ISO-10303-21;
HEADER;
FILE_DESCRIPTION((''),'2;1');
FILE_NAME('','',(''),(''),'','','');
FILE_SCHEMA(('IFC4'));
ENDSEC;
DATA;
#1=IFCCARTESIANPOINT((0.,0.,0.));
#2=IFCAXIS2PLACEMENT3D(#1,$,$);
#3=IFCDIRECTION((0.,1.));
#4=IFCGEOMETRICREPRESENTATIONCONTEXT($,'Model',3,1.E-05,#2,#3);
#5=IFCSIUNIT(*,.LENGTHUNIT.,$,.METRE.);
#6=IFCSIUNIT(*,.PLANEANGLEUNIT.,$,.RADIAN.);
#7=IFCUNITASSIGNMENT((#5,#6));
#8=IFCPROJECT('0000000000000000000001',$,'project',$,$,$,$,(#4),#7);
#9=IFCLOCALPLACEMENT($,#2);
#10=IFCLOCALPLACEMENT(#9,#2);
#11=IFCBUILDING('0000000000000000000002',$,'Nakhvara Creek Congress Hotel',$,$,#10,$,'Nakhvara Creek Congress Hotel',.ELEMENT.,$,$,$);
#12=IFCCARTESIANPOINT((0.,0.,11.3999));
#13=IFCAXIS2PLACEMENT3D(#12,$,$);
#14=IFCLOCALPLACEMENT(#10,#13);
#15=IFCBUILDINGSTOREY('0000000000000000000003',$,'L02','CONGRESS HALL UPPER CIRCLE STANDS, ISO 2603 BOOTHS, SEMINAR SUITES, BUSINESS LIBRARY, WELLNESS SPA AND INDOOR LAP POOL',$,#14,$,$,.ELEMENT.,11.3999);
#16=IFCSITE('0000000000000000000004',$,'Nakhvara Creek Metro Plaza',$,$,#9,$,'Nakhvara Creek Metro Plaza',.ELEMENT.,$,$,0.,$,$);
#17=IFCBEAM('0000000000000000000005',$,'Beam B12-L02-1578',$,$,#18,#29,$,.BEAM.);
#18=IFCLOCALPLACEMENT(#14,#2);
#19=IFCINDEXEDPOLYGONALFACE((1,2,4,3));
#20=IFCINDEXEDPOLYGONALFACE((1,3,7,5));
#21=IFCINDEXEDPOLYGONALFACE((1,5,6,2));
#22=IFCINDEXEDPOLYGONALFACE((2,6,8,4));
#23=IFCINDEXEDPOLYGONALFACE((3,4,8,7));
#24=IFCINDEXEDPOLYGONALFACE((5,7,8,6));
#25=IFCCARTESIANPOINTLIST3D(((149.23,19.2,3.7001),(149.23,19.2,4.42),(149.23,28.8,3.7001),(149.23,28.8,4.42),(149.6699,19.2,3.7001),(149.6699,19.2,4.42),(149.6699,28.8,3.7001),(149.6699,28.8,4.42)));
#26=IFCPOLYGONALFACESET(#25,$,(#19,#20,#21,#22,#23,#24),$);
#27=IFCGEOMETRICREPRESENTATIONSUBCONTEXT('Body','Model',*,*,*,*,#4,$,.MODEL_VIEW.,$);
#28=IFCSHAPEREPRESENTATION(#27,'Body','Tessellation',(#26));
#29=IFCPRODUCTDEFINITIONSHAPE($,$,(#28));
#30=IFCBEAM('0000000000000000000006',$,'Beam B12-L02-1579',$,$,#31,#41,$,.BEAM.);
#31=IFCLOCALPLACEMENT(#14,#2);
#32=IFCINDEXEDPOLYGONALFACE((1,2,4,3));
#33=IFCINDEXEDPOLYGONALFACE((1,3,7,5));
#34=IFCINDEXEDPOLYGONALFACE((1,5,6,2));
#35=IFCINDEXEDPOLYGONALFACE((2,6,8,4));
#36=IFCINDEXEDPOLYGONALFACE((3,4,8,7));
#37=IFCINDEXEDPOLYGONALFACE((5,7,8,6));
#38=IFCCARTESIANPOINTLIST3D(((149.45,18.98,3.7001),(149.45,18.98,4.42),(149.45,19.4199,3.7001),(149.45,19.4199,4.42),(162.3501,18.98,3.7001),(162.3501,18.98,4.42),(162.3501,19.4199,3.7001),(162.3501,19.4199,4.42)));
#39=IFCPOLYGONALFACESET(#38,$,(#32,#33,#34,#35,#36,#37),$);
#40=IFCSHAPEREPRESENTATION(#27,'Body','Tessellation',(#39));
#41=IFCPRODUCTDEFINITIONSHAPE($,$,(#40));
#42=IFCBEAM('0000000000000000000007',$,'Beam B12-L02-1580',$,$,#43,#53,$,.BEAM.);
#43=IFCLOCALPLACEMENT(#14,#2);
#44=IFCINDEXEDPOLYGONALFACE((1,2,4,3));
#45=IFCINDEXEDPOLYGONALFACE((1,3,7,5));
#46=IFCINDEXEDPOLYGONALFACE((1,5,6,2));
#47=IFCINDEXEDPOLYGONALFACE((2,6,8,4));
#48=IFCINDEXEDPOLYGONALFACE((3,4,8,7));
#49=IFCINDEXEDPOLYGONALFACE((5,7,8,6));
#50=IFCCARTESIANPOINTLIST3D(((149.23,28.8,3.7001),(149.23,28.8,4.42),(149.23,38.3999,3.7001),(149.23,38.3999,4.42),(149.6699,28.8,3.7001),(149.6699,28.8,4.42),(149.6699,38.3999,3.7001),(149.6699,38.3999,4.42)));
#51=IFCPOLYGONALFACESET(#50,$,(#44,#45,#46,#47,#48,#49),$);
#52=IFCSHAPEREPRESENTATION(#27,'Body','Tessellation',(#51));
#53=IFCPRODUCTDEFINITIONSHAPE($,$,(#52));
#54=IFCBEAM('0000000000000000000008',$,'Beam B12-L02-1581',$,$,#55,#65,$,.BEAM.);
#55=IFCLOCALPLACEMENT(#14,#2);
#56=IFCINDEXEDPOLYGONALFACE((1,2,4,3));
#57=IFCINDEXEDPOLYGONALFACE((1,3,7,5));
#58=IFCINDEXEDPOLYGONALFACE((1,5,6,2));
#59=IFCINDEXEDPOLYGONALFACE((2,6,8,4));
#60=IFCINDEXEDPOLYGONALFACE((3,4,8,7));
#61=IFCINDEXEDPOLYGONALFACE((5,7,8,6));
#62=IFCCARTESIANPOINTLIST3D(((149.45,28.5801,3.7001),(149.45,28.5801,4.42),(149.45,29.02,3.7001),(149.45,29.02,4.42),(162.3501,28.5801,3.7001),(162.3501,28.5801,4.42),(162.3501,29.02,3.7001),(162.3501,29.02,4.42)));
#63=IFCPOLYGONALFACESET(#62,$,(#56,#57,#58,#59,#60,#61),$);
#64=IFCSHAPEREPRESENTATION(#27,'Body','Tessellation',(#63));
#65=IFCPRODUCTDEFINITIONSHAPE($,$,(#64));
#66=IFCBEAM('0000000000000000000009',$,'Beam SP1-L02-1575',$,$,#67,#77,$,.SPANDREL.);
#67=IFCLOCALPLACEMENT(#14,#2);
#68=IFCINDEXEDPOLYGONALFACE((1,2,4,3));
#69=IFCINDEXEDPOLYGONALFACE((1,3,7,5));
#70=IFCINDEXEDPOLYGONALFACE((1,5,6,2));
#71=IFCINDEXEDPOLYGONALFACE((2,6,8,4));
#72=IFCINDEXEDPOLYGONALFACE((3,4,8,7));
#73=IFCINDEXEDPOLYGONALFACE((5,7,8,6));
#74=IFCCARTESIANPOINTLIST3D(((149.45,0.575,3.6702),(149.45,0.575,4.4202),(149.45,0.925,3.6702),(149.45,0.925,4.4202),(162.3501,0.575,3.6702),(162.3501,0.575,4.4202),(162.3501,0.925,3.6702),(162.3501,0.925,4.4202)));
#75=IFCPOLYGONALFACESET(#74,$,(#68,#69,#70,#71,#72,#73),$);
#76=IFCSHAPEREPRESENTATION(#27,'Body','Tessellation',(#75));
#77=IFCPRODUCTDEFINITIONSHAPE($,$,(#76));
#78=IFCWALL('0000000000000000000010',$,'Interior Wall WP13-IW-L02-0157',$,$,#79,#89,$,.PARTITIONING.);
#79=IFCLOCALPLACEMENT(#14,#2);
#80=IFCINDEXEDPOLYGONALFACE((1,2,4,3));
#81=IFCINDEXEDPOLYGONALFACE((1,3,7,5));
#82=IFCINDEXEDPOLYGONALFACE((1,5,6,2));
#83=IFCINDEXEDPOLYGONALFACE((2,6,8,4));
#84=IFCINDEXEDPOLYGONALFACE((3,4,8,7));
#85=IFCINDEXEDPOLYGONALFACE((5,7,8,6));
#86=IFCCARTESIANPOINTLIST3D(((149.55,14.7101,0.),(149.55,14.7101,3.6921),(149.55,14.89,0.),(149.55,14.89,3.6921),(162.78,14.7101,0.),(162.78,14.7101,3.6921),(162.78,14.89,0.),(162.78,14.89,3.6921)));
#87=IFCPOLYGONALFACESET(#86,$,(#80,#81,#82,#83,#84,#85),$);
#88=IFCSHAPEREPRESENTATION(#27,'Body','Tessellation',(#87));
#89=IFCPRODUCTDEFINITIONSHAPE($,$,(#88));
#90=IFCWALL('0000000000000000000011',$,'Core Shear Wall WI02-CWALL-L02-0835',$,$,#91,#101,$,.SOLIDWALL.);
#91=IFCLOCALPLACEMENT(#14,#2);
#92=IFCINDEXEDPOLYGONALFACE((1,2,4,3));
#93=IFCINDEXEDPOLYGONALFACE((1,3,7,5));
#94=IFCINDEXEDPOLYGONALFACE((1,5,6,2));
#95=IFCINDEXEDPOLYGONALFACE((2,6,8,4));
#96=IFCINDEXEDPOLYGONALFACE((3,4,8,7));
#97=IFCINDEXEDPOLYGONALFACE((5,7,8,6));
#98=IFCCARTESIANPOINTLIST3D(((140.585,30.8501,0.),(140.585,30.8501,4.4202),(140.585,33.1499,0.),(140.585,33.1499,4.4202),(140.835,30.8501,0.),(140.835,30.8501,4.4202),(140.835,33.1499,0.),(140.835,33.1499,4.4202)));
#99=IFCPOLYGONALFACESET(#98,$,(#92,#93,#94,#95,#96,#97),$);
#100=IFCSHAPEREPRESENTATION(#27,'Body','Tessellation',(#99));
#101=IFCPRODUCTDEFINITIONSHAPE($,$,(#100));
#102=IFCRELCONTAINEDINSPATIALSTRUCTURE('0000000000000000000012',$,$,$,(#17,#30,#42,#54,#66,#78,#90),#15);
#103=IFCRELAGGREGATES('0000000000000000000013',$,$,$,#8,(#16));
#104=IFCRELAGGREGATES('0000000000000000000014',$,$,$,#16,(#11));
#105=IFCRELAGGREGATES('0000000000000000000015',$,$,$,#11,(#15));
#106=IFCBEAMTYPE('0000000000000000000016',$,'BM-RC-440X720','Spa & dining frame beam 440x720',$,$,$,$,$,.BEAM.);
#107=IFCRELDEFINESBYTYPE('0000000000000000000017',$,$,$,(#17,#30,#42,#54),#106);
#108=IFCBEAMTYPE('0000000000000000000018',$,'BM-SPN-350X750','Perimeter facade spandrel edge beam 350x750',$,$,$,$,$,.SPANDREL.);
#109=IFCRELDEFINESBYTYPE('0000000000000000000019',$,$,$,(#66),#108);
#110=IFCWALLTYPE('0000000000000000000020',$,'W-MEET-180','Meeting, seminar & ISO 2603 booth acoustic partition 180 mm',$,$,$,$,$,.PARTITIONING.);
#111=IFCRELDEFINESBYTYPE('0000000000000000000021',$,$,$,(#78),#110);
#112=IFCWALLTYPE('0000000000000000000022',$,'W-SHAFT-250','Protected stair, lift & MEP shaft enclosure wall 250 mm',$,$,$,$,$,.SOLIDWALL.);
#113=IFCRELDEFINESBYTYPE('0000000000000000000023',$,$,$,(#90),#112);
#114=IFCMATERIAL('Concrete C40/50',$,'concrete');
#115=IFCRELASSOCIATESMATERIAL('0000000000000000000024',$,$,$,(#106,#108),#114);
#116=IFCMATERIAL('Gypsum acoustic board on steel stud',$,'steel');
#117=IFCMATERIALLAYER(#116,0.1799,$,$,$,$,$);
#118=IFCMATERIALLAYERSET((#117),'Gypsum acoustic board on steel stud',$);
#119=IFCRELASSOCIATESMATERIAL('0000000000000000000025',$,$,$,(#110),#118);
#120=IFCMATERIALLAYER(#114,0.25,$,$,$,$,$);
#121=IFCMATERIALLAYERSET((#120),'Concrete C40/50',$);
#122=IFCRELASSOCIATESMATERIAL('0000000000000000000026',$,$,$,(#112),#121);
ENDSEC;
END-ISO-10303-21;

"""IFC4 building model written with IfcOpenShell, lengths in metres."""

from ifc_helpers import new_model, si_unit, direction, frame, frame_2d, origin, origin_2d, place, context, subcontext, project, spatial, rectangle, extrude, material, layer, layer_set, material_profile, profile_set, type_object, element, save


model = new_model("IFC4")

# Units and contexts
model_context = context("Model", 3, precision=1e-05, world=origin(), true_north=direction((0.0, 1.0)))
body_context = subcontext(model_context, "Body", "Model", "MODEL_VIEW")
ifc_project = project(units=[si_unit("LENGTHUNIT", "METRE"), si_unit("PLANEANGLEUNIT", "RADIAN")], contexts=[model_context])

# Site, building, storey
site_placement = place(None, origin())
site = spatial("IfcSite", under=ifc_project, at=site_placement, Name="Nakhvara Creek Metro Plaza", LongName="Nakhvara Creek Metro Plaza", CompositionType="ELEMENT", RefElevation=0.0)
building_placement = place(site_placement, origin())
building = spatial("IfcBuilding", under=site, at=building_placement, Name="Nakhvara Creek Congress Hotel", LongName="Nakhvara Creek Congress Hotel", CompositionType="ELEMENT")
storey_placement = place(building_placement, frame((0.0, 0.0, 11.3999)))
storey = spatial("IfcBuildingStorey", under=building, at=storey_placement, Name="L02", Description="CONGRESS HALL UPPER CIRCLE STANDS, ISO 2603 BOOTHS, SEMINAR SUITES, BUSINESS LIBRARY, WELLNESS SPA AND INDOOR LAP POOL", CompositionType="ELEMENT", Elevation=11.3999)

# Beams
ifc_material_1 = material(Name="Concrete C40/50", Category="concrete")
ifc_material_profile_1 = material_profile(ifc_material_1, rectangle(XDim=0.4399, YDim=0.72, at=origin_2d()), Name="RC-BM 440x720", Category="LoadBearing")
ifc_profile_set_1 = profile_set([ifc_material_profile_1], Name="Concrete C40/50")
beam_type_1 = type_object("IfcBeamType", Name="BM-RC-440X720", Description="Spa & dining frame beam 440x720", PredefinedType="BEAM", material=ifc_profile_set_1)
beam_1_placement = place(storey_placement, frame((149.45, 19.2, 4.0601), z_axis=(0.0, 1.0, 0.0), x_axis=(-1.0, 0.0, 0.0)))
element("IfcBeam", 1, at=beam_1_placement, inside=storey, type_object=beam_type_1, Name="Beam B12-L02-1578", PredefinedType="BEAM", context=body_context, shape_type="SweptSolid", body=[
    extrude(rectangle(XDim=0.4399, YDim=0.72, at=origin_2d()), origin(), (0.0, 0.0, 1.0), 9.6001),
])
beam_2_placement = place(storey_placement, frame((149.45, 19.2, 4.0601), z_axis=(1.0, 0.0, 0.0), x_axis=(0.0, 1.0, 0.0)))
element("IfcBeam", 2, at=beam_2_placement, inside=storey, type_object=beam_type_1, Name="Beam B12-L02-1579", PredefinedType="BEAM", context=body_context, shape_type="SweptSolid", body=[
    extrude(rectangle(XDim=0.4399, YDim=0.72, at=origin_2d()), origin(), (0.0, 0.0, 1.0), 12.9001),
])
beam_3_placement = place(storey_placement, frame((149.45, 28.8, 4.0601), z_axis=(0.0, 1.0, 0.0), x_axis=(-1.0, 0.0, 0.0)))
element("IfcBeam", 3, at=beam_3_placement, inside=storey, type_object=beam_type_1, Name="Beam B12-L02-1580", PredefinedType="BEAM", context=body_context, shape_type="SweptSolid", body=[
    extrude(rectangle(XDim=0.4399, YDim=0.72, at=origin_2d()), origin(), (0.0, 0.0, 1.0), 9.5999),
])
beam_4_placement = place(storey_placement, frame((149.45, 28.8, 4.0601), z_axis=(1.0, 0.0, 0.0), x_axis=(0.0, 1.0, 0.0)))
element("IfcBeam", 4, at=beam_4_placement, inside=storey, type_object=beam_type_1, Name="Beam B12-L02-1581", PredefinedType="BEAM", context=body_context, shape_type="SweptSolid", body=[
    extrude(rectangle(XDim=0.4399, YDim=0.72, at=origin_2d()), origin(), (0.0, 0.0, 1.0), 12.9001),
])
ifc_material_profile_2 = material_profile(ifc_material_1, rectangle(XDim=0.3501, YDim=0.75, at=origin_2d()), Name="RC-SPANDREL 350x750", Category="LoadBearing")
ifc_profile_set_2 = profile_set([ifc_material_profile_2], Name="Concrete C40/50")
beam_type_2 = type_object("IfcBeamType", Name="BM-SPN-350X750", Description="Perimeter facade spandrel edge beam 350x750", PredefinedType="SPANDREL", material=ifc_profile_set_2)
beam_5_placement = place(storey_placement, frame((149.45, 0.75, 4.0452), z_axis=(1.0, 0.0, 0.0), x_axis=(0.0, 1.0, 0.0)))
element("IfcBeam", 5, at=beam_5_placement, inside=storey, type_object=beam_type_2, Name="Beam SP1-L02-1575", PredefinedType="SPANDREL", context=body_context, shape_type="SweptSolid", body=[
    extrude(rectangle(XDim=0.3501, YDim=0.75, at=origin_2d()), origin(), (0.0, 0.0, 1.0), 12.9001),
])

# Walls
ifc_material_2 = material(Name="Gypsum acoustic board on steel stud", Category="steel")
ifc_layer_1 = layer(ifc_material_2, 0.1799)
ifc_layer_set_1 = layer_set([ifc_layer_1], Name="Gypsum acoustic board on steel stud")
wall_type_1 = type_object("IfcWallType", Name="W-MEET-180", Description="Meeting, seminar & ISO 2603 booth acoustic partition 180 mm", PredefinedType="PARTITIONING", material=ifc_layer_set_1)
wall_1_placement = place(storey_placement, frame((149.55, 14.8, 0.0), z_axis=(0.0, 0.0, 1.0), x_axis=(1.0, 0.0, 0.0)))
element("IfcWall", 6, at=wall_1_placement, inside=storey, type_object=wall_type_1, Name="Interior Wall WP13-IW-L02-0157", PredefinedType="PARTITIONING", context=body_context, shape_type="SweptSolid", body=[
    extrude(rectangle(XDim=13.23, YDim=0.1799, at=frame_2d((6.615, 0.0))), origin(), (0.0, 0.0, 1.0), 3.6921),
])
ifc_layer_2 = layer(ifc_material_1, 0.25)
ifc_layer_set_2 = layer_set([ifc_layer_2], Name="Concrete C40/50")
wall_type_2 = type_object("IfcWallType", Name="W-SHAFT-250", Description="Protected stair, lift & MEP shaft enclosure wall 250 mm", PredefinedType="SOLIDWALL", material=ifc_layer_set_2)
wall_2_placement = place(storey_placement, frame((140.71, 30.8501, 0.0), z_axis=(0.0, 0.0, 1.0), x_axis=(0.0, 1.0, 0.0)))
element("IfcWall", 7, at=wall_2_placement, inside=storey, type_object=wall_type_2, Name="Core Shear Wall WI02-CWALL-L02-0835", PredefinedType="SOLIDWALL", context=body_context, shape_type="SweptSolid", body=[
    extrude(rectangle(XDim=2.2998, YDim=0.25, at=frame_2d((1.1499, 0.0))), origin(), (0.0, 0.0, 1.0), 4.4202),
])

save(model, "model.ifc")
